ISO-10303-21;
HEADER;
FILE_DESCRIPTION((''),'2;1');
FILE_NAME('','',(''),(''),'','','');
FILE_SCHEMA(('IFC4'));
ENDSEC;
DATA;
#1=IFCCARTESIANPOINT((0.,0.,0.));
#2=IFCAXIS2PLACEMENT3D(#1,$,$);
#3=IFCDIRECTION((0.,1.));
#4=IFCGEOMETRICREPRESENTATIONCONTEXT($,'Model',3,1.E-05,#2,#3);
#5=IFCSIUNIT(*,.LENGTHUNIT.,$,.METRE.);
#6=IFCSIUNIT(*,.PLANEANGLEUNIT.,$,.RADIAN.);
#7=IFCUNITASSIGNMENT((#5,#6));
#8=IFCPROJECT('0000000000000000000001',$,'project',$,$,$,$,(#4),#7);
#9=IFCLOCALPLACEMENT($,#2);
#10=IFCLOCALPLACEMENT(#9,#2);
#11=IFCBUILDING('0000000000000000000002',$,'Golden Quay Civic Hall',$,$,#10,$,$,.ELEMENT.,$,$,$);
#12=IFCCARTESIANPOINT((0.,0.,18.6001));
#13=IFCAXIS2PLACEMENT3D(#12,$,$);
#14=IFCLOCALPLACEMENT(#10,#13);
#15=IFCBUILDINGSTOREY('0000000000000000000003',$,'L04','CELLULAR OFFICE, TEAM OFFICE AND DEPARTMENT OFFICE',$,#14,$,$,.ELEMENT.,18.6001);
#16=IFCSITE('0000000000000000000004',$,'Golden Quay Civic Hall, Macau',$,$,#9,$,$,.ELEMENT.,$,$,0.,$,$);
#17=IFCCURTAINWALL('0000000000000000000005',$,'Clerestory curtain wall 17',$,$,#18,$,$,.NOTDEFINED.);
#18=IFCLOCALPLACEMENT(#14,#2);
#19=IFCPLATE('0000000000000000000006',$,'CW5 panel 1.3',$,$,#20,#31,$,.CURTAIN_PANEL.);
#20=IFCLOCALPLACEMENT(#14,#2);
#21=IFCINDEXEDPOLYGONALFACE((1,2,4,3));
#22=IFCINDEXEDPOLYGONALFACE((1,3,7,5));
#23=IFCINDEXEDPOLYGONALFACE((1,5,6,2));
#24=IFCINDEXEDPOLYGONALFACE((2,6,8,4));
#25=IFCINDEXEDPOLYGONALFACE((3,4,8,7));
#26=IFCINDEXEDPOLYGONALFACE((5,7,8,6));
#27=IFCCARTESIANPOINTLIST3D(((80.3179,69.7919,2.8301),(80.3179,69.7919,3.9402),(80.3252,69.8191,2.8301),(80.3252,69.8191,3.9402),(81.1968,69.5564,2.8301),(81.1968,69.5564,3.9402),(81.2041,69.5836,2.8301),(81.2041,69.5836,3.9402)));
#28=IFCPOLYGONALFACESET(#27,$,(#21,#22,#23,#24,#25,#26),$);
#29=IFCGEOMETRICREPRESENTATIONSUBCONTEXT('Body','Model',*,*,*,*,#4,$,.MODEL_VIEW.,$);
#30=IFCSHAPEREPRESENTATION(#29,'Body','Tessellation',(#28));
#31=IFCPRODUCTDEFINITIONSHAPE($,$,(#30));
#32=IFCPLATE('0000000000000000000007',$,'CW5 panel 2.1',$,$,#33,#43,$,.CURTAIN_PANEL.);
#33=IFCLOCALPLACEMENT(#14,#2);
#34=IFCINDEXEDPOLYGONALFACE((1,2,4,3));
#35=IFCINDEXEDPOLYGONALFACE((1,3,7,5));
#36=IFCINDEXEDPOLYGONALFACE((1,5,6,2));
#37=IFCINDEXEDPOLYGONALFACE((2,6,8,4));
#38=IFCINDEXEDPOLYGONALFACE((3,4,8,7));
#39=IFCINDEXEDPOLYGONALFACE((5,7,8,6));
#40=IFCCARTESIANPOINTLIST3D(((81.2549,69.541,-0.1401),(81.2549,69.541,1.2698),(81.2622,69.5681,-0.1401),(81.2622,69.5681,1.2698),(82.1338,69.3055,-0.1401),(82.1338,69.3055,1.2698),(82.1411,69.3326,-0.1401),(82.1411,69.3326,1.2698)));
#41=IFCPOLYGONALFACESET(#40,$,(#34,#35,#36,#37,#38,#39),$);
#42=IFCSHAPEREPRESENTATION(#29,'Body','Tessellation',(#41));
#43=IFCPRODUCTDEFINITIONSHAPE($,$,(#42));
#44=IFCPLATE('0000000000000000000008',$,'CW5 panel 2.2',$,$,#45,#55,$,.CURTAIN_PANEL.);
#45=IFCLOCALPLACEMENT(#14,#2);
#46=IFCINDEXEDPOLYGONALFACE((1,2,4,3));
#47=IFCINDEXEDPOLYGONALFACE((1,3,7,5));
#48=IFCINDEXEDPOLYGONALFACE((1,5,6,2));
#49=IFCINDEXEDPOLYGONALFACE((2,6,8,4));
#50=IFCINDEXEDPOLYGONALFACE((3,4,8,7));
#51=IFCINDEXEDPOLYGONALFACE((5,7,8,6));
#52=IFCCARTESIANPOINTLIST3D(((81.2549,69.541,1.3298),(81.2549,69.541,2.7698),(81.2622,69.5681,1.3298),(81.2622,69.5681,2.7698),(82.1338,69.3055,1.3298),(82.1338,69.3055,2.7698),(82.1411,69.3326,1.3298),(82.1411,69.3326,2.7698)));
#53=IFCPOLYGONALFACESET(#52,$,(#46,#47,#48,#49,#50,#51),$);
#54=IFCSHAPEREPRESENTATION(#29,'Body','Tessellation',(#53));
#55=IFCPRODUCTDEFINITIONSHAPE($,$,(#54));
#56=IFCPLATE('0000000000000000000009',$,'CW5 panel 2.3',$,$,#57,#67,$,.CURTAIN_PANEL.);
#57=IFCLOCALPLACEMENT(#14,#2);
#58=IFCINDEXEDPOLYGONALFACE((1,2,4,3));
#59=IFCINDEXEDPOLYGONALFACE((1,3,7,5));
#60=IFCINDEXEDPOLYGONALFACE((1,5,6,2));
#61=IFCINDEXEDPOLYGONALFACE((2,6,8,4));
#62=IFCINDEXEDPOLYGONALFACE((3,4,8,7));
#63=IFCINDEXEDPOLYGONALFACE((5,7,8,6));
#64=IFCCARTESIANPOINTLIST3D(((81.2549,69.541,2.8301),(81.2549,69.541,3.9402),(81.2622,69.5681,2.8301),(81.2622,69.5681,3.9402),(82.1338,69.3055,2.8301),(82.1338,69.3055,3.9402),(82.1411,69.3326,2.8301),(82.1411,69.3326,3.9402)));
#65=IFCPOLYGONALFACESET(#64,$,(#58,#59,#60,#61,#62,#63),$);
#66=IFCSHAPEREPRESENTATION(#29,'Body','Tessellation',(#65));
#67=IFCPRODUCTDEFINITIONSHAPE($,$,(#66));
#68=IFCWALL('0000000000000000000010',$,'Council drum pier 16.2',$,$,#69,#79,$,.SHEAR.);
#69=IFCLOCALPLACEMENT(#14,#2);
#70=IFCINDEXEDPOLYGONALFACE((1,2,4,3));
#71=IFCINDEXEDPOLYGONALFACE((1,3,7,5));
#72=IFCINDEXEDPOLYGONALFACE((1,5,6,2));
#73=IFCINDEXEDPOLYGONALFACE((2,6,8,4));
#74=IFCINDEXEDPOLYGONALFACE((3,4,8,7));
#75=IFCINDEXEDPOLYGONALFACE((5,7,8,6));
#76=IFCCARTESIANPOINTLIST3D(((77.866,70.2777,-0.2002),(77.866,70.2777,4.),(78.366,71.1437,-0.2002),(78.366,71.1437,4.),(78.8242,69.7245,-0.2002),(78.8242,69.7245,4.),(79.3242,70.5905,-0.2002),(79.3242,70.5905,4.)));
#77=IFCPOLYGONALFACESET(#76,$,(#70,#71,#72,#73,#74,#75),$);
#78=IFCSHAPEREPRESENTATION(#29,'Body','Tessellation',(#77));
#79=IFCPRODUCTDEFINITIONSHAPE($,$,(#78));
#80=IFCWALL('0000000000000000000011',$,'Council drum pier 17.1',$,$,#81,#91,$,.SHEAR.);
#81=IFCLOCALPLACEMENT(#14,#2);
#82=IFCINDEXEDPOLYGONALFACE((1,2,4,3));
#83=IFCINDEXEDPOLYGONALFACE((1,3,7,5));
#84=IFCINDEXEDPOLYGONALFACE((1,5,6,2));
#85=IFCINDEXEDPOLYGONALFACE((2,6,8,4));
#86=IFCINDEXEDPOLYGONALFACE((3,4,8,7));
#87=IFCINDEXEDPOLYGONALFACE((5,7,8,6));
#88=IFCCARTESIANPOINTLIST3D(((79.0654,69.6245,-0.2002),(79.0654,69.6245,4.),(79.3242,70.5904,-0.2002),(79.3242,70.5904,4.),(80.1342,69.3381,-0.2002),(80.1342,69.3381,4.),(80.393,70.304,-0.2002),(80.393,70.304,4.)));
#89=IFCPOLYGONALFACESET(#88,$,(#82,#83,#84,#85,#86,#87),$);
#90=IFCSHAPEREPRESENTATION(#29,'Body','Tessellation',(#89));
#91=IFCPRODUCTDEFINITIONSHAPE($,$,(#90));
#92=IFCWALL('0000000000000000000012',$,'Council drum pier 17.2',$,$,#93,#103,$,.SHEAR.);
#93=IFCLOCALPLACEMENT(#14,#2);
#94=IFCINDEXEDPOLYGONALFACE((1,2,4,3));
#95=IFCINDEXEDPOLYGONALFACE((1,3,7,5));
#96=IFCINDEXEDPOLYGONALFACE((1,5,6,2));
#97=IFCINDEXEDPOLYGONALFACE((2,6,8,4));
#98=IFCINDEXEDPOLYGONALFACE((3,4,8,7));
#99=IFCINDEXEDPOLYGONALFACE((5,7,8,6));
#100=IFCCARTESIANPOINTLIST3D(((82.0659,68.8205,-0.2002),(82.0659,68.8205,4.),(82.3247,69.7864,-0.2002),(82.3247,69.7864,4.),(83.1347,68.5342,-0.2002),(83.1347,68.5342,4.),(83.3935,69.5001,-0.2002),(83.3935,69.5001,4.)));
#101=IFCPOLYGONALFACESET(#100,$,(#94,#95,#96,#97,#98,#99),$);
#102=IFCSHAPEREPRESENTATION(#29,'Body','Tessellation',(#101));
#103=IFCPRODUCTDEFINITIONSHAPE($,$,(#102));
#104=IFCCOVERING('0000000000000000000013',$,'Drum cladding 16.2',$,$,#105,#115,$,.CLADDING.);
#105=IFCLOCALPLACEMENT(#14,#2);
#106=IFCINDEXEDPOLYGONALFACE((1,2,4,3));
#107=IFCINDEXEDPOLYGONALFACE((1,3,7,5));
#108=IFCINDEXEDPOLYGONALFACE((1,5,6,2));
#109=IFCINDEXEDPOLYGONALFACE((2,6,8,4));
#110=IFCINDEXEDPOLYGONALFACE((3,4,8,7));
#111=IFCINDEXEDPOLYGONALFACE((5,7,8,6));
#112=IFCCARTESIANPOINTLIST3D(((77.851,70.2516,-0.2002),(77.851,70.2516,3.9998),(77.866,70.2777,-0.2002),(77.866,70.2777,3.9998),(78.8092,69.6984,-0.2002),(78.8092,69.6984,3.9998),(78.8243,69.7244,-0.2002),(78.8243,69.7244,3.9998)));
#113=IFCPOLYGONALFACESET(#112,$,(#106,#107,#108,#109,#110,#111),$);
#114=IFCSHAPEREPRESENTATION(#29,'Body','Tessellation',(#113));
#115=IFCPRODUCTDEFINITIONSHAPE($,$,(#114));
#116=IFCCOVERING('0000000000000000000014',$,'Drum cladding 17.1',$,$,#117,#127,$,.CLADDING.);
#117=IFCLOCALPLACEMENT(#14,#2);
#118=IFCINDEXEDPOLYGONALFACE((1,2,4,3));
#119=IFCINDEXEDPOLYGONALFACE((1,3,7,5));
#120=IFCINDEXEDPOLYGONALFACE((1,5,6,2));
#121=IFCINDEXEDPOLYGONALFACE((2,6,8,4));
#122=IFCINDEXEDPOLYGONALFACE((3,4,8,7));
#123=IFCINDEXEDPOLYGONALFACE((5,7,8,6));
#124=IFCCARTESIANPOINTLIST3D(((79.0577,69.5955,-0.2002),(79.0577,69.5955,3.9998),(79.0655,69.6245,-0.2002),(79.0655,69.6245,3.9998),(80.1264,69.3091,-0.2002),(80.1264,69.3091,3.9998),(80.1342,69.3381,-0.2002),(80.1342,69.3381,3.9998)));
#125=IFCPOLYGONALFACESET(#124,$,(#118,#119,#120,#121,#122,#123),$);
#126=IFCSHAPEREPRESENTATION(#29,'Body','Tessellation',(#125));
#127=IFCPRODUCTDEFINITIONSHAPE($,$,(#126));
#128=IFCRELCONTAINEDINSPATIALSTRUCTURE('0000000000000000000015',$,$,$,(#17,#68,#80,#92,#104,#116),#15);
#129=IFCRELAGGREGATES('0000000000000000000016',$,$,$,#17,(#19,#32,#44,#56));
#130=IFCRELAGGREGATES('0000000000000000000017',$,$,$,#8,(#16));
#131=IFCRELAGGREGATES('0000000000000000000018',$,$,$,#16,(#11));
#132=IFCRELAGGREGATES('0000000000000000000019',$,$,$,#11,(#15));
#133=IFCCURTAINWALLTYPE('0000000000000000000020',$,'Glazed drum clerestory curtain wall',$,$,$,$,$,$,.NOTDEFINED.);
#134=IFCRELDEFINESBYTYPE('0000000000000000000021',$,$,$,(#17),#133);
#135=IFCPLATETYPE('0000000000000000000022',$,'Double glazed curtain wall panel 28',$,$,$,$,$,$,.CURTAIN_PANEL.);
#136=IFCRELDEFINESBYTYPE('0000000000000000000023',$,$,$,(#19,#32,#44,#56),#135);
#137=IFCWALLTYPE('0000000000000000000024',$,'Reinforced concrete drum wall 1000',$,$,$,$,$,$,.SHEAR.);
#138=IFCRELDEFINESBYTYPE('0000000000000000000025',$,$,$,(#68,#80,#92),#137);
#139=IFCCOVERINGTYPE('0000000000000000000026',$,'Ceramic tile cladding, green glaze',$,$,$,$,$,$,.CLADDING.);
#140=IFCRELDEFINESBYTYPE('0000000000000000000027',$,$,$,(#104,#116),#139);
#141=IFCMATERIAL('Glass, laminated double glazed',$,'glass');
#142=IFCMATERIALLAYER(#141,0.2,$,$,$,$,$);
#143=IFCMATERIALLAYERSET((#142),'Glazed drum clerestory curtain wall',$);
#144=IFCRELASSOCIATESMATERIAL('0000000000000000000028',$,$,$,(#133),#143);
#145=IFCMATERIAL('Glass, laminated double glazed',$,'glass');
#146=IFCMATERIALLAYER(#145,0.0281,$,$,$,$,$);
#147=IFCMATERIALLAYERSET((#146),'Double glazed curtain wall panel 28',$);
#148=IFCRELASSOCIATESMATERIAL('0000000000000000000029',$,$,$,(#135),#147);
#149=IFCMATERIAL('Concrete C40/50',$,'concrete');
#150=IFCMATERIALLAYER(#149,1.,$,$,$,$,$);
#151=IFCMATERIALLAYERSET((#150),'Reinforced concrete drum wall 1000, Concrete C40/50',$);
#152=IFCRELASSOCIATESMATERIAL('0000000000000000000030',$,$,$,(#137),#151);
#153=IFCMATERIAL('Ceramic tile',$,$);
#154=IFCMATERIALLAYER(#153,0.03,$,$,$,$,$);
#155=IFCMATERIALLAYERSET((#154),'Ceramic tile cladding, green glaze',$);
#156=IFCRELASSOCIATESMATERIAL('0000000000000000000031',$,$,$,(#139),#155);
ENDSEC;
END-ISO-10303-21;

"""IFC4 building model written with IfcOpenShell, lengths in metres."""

from ifc_helpers import new_model, si_unit, direction, frame, frame_2d, origin, origin_2d, place, context, subcontext, project, spatial, rectangle, extrude, material, layer, layer_set, type_object, element, aggregate, save


model = new_model("IFC4")

# Units and contexts
model_context = context("Model", 3, precision=1e-05, world=origin(), true_north=direction((0.0, 1.0)))
body_context = subcontext(model_context, "Body", "Model", "MODEL_VIEW")
ifc_project = project(units=[si_unit("LENGTHUNIT", "METRE"), si_unit("PLANEANGLEUNIT", "RADIAN")], contexts=[model_context])

# Site, building, storey
site_placement = place(None, origin())
site = spatial("IfcSite", under=ifc_project, at=site_placement, Name="Golden Quay Civic Hall, Macau", CompositionType="ELEMENT", RefElevation=0.0)
building_placement = place(site_placement, origin())
building = spatial("IfcBuilding", under=site, at=building_placement, Name="Golden Quay Civic Hall", CompositionType="ELEMENT")
storey_placement = place(building_placement, frame((0.0, 0.0, 18.6001)))
storey = spatial("IfcBuildingStorey", under=building, at=storey_placement, Name="L04", Description="CELLULAR OFFICE, TEAM OFFICE AND DEPARTMENT OFFICE", CompositionType="ELEMENT", Elevation=18.6001)

# Curtain wall
ifc_material_1 = material(Name="Glass, laminated double glazed", Category="glass")
ifc_layer_1 = layer(ifc_material_1, 0.2)
ifc_layer_set_1 = layer_set([ifc_layer_1], Name="Glazed drum clerestory curtain wall")
curtain_wall_type = type_object("IfcCurtainWallType", Name="Glazed drum clerestory curtain wall", PredefinedType="NOTDEFINED", material=ifc_layer_set_1)
curtain_wall_placement = place(storey_placement, origin())
curtain_wall = element("IfcCurtainWall", 1, at=curtain_wall_placement, inside=storey, type_object=curtain_wall_type, Name="Clerestory curtain wall 17", PredefinedType="NOTDEFINED")

# Plates
ifc_material_2 = material(Name="Glass, laminated double glazed", Category="glass")
ifc_layer_2 = layer(ifc_material_2, 0.0281)
ifc_layer_set_2 = layer_set([ifc_layer_2], Name="Double glazed curtain wall panel 28")
plate_type = type_object("IfcPlateType", Name="Double glazed curtain wall panel 28", PredefinedType="CURTAIN_PANEL", material=ifc_layer_set_2)
plate_1_placement = place(storey_placement, frame((80.761, 69.6877, 2.8301), z_axis=(0.0, 0.0, 1.0), x_axis=(0.965929, -0.258808, 0.0)))
plate_1 = element("IfcPlate", 2, at=plate_1_placement, type_object=plate_type, Name="CW5 panel 1.3", PredefinedType="CURTAIN_PANEL", context=body_context, shape_type="SweptSolid", body=[
    extrude(rectangle(XDim=0.9099, YDim=0.0281, at=origin_2d()), origin(), (0.0, 0.0, 1.0), 1.1101),
])
plate_2_placement = place(storey_placement, frame((81.698, 69.4368, -0.1401), z_axis=(0.0, 0.0, 1.0), x_axis=(0.965929, -0.258808, 0.0)))
plate_2 = element("IfcPlate", 3, at=plate_2_placement, type_object=plate_type, Name="CW5 panel 2.1", PredefinedType="CURTAIN_PANEL", context=body_context, shape_type="SweptSolid", body=[
    extrude(rectangle(XDim=0.9099, YDim=0.0281, at=origin_2d()), origin(), (0.0, 0.0, 1.0), 1.4099),
])
plate_3_placement = place(storey_placement, frame((81.698, 69.4368, 1.3298), z_axis=(0.0, 0.0, 1.0), x_axis=(0.965929, -0.258808, 0.0)))
plate_3 = element("IfcPlate", 4, at=plate_3_placement, type_object=plate_type, Name="CW5 panel 2.2", PredefinedType="CURTAIN_PANEL", context=body_context, shape_type="SweptSolid", body=[
    extrude(rectangle(XDim=0.9099, YDim=0.0281, at=origin_2d()), origin(), (0.0, 0.0, 1.0), 1.4399),
])
plate_4_placement = place(storey_placement, frame((81.698, 69.4368, 2.8301), z_axis=(0.0, 0.0, 1.0), x_axis=(0.965929, -0.258808, 0.0)))
plate_4 = element("IfcPlate", 5, at=plate_4_placement, type_object=plate_type, Name="CW5 panel 2.3", PredefinedType="CURTAIN_PANEL", context=body_context, shape_type="SweptSolid", body=[
    extrude(rectangle(XDim=0.9099, YDim=0.0281, at=origin_2d()), origin(), (0.0, 0.0, 1.0), 1.1101),
])
aggregate(curtain_wall, [plate_1, plate_2, plate_3, plate_4])

# Walls
ifc_material_3 = material(Name="Concrete C40/50", Category="concrete")
ifc_layer_3 = layer(ifc_material_3, 1.0)
ifc_layer_set_3 = layer_set([ifc_layer_3], Name="Reinforced concrete drum wall 1000, Concrete C40/50")
wall_type = type_object("IfcWallType", Name="Reinforced concrete drum wall 1000", PredefinedType="SHEAR", material=ifc_layer_set_3)
for number, where, z_axis, x_axis, name in (
    (6, (78.116, 70.7107, -0.2002), (0.0, 0.0, 1.0), (0.866035, -0.499983, 0.0), "Council drum pier 16.2"),
    (7, (79.1948, 70.1074, -0.2002), (0.0, 0.0, 1.0), (0.96593, -0.258802, 0.0), "Council drum pier 17.1"),
    (8, (82.1953, 69.3035, -0.2002), (0.0, 0.0, 1.0), (0.96593, -0.258802, 0.0), "Council drum pier 17.2"),
):
    element("IfcWall", number, at=place(storey_placement, frame(where, z_axis=z_axis, x_axis=x_axis)), inside=storey, type_object=wall_type, Name=name, PredefinedType="SHEAR", context=body_context, shape_type="SweptSolid", body=[
        extrude(rectangle(XDim=1.1064, YDim=1.0, at=frame_2d((0.5532, 0.0))), origin(), (0.0, 0.0, 1.0), 4.2002),
    ])

# Coverings
ifc_material_4 = material(Name="Ceramic tile")
ifc_layer_4 = layer(ifc_material_4, 0.03)
ifc_layer_set_4 = layer_set([ifc_layer_4], Name="Ceramic tile cladding, green glaze")
covering_type = type_object("IfcCoveringType", Name="Ceramic tile cladding, green glaze", PredefinedType="CLADDING", material=ifc_layer_set_4)
for number, where, z_axis, x_axis, name in (
    (9, (78.3376, 69.988, -0.2002), (0.0, 0.0, 1.0), (0.866025, -0.5, 0.0), "Drum cladding 16.2"),
    (10, (79.5959, 69.4668, -0.2002), (0.0, 0.0, 1.0), (0.965926, -0.258819, 0.0), "Drum cladding 17.1"),
):
    element("IfcCovering", number, at=place(storey_placement, frame(where, z_axis=z_axis, x_axis=x_axis)), inside=storey, type_object=covering_type, Name=name, PredefinedType="CLADDING", context=body_context, shape_type="SweptSolid", body=[
        extrude(rectangle(XDim=1.1064, YDim=0.03, at=origin_2d()), origin(), (0.0, 0.0, 1.0), 4.2),
    ])

save(model, "model.ifc")
